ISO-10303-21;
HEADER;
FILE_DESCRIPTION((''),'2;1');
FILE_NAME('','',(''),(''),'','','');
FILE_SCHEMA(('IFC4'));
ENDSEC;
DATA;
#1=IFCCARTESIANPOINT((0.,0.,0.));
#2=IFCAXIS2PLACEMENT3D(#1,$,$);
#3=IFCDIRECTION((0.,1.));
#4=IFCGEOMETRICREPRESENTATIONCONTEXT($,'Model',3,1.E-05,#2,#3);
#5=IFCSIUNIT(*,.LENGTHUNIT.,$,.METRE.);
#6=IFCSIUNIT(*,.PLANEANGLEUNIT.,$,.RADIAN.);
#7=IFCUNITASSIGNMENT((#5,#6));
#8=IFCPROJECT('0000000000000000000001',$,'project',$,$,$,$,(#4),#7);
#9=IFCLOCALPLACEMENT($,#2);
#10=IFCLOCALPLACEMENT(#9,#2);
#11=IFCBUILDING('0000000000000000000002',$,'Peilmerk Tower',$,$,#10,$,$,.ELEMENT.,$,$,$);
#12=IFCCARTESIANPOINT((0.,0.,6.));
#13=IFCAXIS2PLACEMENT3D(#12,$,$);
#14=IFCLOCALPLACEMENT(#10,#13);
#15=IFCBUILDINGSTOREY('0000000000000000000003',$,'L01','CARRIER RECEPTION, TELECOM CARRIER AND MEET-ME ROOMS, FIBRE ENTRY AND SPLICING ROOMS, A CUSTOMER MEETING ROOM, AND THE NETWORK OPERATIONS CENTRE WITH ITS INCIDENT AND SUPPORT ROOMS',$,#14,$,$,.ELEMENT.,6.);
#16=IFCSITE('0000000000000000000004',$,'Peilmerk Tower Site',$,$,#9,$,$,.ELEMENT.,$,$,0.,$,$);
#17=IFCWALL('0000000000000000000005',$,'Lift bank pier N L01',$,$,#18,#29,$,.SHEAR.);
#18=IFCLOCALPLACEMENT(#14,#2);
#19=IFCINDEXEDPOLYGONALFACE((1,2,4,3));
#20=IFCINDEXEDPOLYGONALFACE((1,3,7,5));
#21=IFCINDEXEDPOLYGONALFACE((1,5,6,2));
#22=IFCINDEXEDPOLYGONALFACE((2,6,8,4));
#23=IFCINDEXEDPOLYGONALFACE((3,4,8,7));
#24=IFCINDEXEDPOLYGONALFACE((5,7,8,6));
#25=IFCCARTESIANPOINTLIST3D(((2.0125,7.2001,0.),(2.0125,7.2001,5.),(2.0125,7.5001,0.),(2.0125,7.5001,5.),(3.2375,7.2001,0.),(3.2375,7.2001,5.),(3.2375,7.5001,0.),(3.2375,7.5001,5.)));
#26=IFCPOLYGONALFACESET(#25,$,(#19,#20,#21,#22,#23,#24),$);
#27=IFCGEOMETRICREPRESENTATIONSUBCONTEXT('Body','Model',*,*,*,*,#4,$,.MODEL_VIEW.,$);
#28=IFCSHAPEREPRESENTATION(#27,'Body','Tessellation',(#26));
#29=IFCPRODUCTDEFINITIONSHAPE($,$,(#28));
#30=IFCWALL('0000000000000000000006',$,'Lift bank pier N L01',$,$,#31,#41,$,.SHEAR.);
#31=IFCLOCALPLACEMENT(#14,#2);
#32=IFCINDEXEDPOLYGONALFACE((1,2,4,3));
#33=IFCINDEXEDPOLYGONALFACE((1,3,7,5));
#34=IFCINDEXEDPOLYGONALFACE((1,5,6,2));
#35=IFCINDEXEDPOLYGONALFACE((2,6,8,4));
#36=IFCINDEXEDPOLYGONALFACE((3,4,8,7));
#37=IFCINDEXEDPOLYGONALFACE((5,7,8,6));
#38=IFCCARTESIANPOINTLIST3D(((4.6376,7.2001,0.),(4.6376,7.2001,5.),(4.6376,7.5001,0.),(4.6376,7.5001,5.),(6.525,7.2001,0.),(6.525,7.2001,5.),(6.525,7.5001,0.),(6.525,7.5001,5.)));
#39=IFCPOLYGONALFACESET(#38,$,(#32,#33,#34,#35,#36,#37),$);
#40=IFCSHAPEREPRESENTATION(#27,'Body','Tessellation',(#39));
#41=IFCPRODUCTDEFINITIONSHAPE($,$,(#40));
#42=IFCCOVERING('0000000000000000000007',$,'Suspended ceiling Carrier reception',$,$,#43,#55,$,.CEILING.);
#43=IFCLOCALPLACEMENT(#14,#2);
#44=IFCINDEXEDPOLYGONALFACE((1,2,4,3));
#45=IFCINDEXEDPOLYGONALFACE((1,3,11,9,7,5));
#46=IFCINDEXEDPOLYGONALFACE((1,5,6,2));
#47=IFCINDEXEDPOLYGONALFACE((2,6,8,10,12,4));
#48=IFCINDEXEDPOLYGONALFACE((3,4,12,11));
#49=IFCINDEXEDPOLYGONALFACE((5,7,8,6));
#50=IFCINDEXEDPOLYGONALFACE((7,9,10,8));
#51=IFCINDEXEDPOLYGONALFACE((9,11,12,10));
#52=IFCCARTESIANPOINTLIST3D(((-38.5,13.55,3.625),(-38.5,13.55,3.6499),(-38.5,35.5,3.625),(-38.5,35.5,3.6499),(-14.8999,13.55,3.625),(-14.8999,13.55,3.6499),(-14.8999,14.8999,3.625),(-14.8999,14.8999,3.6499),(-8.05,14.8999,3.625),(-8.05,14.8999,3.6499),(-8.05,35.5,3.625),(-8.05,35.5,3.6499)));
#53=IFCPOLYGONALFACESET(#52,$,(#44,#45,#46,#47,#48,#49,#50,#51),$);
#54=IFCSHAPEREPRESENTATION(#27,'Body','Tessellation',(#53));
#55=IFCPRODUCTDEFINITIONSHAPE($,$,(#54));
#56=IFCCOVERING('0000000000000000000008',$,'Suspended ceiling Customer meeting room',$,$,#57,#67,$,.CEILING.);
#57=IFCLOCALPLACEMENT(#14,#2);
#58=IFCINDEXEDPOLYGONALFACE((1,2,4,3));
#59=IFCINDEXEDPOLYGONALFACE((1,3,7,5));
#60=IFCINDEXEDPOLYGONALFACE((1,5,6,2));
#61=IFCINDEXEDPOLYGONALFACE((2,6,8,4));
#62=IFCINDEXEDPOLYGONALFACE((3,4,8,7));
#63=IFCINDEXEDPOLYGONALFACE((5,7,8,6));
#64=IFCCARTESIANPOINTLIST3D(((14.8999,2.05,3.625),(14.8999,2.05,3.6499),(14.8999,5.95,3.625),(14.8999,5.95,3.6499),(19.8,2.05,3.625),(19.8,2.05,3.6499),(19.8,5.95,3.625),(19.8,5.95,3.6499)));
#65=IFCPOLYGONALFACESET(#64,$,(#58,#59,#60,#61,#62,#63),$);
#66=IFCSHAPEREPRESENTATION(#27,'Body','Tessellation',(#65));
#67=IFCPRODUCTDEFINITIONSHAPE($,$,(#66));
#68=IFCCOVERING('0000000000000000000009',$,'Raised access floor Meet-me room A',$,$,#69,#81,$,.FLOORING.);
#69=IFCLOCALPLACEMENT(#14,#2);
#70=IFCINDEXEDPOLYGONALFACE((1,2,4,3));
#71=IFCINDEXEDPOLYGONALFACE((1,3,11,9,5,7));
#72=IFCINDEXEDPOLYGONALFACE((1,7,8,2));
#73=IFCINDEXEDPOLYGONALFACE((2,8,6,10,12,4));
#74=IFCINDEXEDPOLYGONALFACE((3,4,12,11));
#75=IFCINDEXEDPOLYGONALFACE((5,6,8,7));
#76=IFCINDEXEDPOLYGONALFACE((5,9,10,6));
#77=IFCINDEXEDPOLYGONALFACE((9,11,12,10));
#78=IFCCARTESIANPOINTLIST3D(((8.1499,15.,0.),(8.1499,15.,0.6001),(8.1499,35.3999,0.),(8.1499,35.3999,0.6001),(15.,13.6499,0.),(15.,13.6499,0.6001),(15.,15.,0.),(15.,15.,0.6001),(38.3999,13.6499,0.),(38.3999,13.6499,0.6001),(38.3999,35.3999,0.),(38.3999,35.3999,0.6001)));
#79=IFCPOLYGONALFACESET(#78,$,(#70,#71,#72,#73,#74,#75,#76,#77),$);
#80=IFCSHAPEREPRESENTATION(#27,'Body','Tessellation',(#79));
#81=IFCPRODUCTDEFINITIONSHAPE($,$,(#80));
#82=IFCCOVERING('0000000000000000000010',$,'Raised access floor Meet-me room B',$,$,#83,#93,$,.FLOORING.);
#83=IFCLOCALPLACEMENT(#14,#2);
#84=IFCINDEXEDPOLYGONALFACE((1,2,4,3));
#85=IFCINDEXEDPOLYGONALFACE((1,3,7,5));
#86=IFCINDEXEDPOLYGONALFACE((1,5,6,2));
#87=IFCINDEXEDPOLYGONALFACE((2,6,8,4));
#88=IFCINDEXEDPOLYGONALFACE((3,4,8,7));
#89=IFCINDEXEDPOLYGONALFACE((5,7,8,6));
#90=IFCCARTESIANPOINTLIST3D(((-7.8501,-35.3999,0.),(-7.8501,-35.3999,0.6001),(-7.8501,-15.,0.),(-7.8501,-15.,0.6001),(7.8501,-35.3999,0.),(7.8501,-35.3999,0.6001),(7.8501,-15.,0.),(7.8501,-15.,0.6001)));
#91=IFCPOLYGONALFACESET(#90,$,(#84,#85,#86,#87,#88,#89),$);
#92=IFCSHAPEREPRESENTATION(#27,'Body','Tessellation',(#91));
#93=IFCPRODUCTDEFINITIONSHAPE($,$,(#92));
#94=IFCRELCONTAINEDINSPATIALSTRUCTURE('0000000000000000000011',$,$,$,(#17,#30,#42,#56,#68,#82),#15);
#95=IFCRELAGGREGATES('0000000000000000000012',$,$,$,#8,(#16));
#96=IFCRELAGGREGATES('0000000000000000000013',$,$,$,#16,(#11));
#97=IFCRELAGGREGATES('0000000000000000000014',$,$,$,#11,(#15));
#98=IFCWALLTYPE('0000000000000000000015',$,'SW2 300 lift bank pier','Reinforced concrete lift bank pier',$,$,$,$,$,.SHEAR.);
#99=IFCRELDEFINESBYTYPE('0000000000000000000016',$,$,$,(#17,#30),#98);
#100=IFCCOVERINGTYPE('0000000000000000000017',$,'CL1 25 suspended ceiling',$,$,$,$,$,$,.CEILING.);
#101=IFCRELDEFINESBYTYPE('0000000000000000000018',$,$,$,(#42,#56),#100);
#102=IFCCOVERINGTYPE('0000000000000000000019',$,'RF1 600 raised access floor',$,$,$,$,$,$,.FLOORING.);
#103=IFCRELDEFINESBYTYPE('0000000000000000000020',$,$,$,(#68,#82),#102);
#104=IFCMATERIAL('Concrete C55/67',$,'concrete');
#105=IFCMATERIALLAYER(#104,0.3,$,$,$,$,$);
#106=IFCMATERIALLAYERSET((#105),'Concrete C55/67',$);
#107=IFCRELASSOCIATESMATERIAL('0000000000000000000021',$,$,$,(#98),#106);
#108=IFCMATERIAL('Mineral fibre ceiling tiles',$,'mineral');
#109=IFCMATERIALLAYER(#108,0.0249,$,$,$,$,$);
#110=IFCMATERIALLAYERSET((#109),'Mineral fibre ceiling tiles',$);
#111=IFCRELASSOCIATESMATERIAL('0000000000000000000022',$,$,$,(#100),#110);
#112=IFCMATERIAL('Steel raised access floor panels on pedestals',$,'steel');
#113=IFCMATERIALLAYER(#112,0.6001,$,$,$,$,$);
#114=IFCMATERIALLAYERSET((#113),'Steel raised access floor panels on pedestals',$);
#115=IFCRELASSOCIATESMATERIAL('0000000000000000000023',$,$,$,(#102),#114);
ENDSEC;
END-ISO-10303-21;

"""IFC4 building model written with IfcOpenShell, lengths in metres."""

from ifc_helpers import new_model, si_unit, direction, frame, frame_2d, origin, place, context, subcontext, project, spatial, polyline, rectangle, outline, extrude, material, layer, layer_set, type_object, element, save


model = new_model("IFC4")

# Units and contexts
model_context = context("Model", 3, precision=1e-05, world=origin(), true_north=direction((0.0, 1.0)))
body_context = subcontext(model_context, "Body", "Model", "MODEL_VIEW")
ifc_project = project(units=[si_unit("LENGTHUNIT", "METRE"), si_unit("PLANEANGLEUNIT", "RADIAN")], contexts=[model_context])

# Site, building, storey
site_placement = place(None, origin())
site = spatial("IfcSite", under=ifc_project, at=site_placement, Name="Peilmerk Tower Site", CompositionType="ELEMENT", RefElevation=0.0)
building_placement = place(site_placement, origin())
building = spatial("IfcBuilding", under=site, at=building_placement, Name="Peilmerk Tower", CompositionType="ELEMENT")
storey_placement = place(building_placement, frame((0.0, 0.0, 6.0)))
storey = spatial("IfcBuildingStorey", under=building, at=storey_placement, Name="L01", Description="CARRIER RECEPTION, TELECOM CARRIER AND MEET-ME ROOMS, FIBRE ENTRY AND SPLICING ROOMS, A CUSTOMER MEETING ROOM, AND THE NETWORK OPERATIONS CENTRE WITH ITS INCIDENT AND SUPPORT ROOMS", CompositionType="ELEMENT", Elevation=6.0)

# Walls
ifc_material_1 = material(Name="Concrete C55/67", Category="concrete")
ifc_layer_1 = layer(ifc_material_1, 0.3)
ifc_layer_set_1 = layer_set([ifc_layer_1], Name="Concrete C55/67")
wall_type_1 = type_object("IfcWallType", Name="SW2 300 lift bank pier", Description="Reinforced concrete lift bank pier", PredefinedType="SHEAR", material=ifc_layer_set_1)
wall_1_placement = place(storey_placement, frame((2.0125, 7.3501, 0.0), z_axis=(0.0, 0.0, 1.0), x_axis=(1.0, 0.0, 0.0)))
element("IfcWall", 1, at=wall_1_placement, inside=storey, type_object=wall_type_1, Name="Lift bank pier N L01", PredefinedType="SHEAR", context=body_context, shape_type="SweptSolid", body=[
    extrude(rectangle(XDim=1.2251, YDim=0.3, at=frame_2d((0.6125, 0.0))), origin(), (0.0, 0.0, 1.0), 5.0),
])
wall_2_placement = place(storey_placement, frame((4.6375, 7.3501, 0.0), z_axis=(0.0, 0.0, 1.0), x_axis=(1.0, 0.0, 0.0)))
element("IfcWall", 2, at=wall_2_placement, inside=storey, type_object=wall_type_1, Name="Lift bank pier N L01", PredefinedType="SHEAR", context=body_context, shape_type="SweptSolid", body=[
    extrude(rectangle(XDim=1.8875, YDim=0.3, at=frame_2d((0.9438, 0.0))), origin(), (0.0, 0.0, 1.0), 5.0),
])

# Coverings
ifc_material_2 = material(Name="Mineral fibre ceiling tiles", Category="mineral")
ifc_layer_2 = layer(ifc_material_2, 0.0249)
ifc_layer_set_2 = layer_set([ifc_layer_2], Name="Mineral fibre ceiling tiles")
covering_type_1 = type_object("IfcCoveringType", Name="CL1 25 suspended ceiling", PredefinedType="CEILING", material=ifc_layer_set_2)
covering_1_placement = place(storey_placement, frame((0.0, 0.0, 3.625)))
element("IfcCovering", 3, at=covering_1_placement, inside=storey, type_object=covering_type_1, Name="Suspended ceiling Carrier reception", PredefinedType="CEILING", context=body_context, shape_type="SweptSolid", body=[
    extrude(outline(polyline([(-38.5, 35.5), (-38.5, 13.55), (-14.8999, 13.55), (-14.8999, 14.8999), (-8.05, 14.8999), (-8.05, 35.5), (-38.5, 35.5)])), origin(), (0.0, 0.0, 1.0), 0.0249),
])
covering_2_placement = place(storey_placement, frame((0.0, 0.0, 3.625)))
element("IfcCovering", 4, at=covering_2_placement, inside=storey, type_object=covering_type_1, Name="Suspended ceiling Customer meeting room", PredefinedType="CEILING", context=body_context, shape_type="SweptSolid", body=[
    extrude(outline(polyline([(19.8, 2.05), (19.8, 5.95), (14.8999, 5.95), (14.8999, 2.05), (19.8, 2.05)])), origin(), (0.0, 0.0, 1.0), 0.0249),
])
ifc_material_3 = material(Name="Steel raised access floor panels on pedestals", Category="steel")
ifc_layer_3 = layer(ifc_material_3, 0.6001)
ifc_layer_set_3 = layer_set([ifc_layer_3], Name="Steel raised access floor panels on pedestals")
covering_type_2 = type_object("IfcCoveringType", Name="RF1 600 raised access floor", PredefinedType="FLOORING", material=ifc_layer_set_3)
covering_3_placement = place(storey_placement, origin())
element("IfcCovering", 5, at=covering_3_placement, inside=storey, type_object=covering_type_2, Name="Raised access floor Meet-me room A", PredefinedType="FLOORING", context=body_context, shape_type="SweptSolid", body=[
    extrude(outline(polyline([(38.3999, 35.3999), (8.1499, 35.3999), (8.1499, 15.0), (15.0, 15.0), (15.0, 13.6499), (38.3999, 13.6499), (38.3999, 35.3999)])), origin(), (0.0, 0.0, 1.0), 0.6001),
])
covering_4_placement = place(storey_placement, origin())
element("IfcCovering", 6, at=covering_4_placement, inside=storey, type_object=covering_type_2, Name="Raised access floor Meet-me room B", PredefinedType="FLOORING", context=body_context, shape_type="SweptSolid", body=[
    extrude(outline(polyline([(-7.8501, -35.3999), (7.8501, -35.3999), (7.8501, -15.0), (-7.8501, -15.0), (-7.8501, -35.3999)])), origin(), (0.0, 0.0, 1.0), 0.6001),
])

save(model, "model.ifc")
